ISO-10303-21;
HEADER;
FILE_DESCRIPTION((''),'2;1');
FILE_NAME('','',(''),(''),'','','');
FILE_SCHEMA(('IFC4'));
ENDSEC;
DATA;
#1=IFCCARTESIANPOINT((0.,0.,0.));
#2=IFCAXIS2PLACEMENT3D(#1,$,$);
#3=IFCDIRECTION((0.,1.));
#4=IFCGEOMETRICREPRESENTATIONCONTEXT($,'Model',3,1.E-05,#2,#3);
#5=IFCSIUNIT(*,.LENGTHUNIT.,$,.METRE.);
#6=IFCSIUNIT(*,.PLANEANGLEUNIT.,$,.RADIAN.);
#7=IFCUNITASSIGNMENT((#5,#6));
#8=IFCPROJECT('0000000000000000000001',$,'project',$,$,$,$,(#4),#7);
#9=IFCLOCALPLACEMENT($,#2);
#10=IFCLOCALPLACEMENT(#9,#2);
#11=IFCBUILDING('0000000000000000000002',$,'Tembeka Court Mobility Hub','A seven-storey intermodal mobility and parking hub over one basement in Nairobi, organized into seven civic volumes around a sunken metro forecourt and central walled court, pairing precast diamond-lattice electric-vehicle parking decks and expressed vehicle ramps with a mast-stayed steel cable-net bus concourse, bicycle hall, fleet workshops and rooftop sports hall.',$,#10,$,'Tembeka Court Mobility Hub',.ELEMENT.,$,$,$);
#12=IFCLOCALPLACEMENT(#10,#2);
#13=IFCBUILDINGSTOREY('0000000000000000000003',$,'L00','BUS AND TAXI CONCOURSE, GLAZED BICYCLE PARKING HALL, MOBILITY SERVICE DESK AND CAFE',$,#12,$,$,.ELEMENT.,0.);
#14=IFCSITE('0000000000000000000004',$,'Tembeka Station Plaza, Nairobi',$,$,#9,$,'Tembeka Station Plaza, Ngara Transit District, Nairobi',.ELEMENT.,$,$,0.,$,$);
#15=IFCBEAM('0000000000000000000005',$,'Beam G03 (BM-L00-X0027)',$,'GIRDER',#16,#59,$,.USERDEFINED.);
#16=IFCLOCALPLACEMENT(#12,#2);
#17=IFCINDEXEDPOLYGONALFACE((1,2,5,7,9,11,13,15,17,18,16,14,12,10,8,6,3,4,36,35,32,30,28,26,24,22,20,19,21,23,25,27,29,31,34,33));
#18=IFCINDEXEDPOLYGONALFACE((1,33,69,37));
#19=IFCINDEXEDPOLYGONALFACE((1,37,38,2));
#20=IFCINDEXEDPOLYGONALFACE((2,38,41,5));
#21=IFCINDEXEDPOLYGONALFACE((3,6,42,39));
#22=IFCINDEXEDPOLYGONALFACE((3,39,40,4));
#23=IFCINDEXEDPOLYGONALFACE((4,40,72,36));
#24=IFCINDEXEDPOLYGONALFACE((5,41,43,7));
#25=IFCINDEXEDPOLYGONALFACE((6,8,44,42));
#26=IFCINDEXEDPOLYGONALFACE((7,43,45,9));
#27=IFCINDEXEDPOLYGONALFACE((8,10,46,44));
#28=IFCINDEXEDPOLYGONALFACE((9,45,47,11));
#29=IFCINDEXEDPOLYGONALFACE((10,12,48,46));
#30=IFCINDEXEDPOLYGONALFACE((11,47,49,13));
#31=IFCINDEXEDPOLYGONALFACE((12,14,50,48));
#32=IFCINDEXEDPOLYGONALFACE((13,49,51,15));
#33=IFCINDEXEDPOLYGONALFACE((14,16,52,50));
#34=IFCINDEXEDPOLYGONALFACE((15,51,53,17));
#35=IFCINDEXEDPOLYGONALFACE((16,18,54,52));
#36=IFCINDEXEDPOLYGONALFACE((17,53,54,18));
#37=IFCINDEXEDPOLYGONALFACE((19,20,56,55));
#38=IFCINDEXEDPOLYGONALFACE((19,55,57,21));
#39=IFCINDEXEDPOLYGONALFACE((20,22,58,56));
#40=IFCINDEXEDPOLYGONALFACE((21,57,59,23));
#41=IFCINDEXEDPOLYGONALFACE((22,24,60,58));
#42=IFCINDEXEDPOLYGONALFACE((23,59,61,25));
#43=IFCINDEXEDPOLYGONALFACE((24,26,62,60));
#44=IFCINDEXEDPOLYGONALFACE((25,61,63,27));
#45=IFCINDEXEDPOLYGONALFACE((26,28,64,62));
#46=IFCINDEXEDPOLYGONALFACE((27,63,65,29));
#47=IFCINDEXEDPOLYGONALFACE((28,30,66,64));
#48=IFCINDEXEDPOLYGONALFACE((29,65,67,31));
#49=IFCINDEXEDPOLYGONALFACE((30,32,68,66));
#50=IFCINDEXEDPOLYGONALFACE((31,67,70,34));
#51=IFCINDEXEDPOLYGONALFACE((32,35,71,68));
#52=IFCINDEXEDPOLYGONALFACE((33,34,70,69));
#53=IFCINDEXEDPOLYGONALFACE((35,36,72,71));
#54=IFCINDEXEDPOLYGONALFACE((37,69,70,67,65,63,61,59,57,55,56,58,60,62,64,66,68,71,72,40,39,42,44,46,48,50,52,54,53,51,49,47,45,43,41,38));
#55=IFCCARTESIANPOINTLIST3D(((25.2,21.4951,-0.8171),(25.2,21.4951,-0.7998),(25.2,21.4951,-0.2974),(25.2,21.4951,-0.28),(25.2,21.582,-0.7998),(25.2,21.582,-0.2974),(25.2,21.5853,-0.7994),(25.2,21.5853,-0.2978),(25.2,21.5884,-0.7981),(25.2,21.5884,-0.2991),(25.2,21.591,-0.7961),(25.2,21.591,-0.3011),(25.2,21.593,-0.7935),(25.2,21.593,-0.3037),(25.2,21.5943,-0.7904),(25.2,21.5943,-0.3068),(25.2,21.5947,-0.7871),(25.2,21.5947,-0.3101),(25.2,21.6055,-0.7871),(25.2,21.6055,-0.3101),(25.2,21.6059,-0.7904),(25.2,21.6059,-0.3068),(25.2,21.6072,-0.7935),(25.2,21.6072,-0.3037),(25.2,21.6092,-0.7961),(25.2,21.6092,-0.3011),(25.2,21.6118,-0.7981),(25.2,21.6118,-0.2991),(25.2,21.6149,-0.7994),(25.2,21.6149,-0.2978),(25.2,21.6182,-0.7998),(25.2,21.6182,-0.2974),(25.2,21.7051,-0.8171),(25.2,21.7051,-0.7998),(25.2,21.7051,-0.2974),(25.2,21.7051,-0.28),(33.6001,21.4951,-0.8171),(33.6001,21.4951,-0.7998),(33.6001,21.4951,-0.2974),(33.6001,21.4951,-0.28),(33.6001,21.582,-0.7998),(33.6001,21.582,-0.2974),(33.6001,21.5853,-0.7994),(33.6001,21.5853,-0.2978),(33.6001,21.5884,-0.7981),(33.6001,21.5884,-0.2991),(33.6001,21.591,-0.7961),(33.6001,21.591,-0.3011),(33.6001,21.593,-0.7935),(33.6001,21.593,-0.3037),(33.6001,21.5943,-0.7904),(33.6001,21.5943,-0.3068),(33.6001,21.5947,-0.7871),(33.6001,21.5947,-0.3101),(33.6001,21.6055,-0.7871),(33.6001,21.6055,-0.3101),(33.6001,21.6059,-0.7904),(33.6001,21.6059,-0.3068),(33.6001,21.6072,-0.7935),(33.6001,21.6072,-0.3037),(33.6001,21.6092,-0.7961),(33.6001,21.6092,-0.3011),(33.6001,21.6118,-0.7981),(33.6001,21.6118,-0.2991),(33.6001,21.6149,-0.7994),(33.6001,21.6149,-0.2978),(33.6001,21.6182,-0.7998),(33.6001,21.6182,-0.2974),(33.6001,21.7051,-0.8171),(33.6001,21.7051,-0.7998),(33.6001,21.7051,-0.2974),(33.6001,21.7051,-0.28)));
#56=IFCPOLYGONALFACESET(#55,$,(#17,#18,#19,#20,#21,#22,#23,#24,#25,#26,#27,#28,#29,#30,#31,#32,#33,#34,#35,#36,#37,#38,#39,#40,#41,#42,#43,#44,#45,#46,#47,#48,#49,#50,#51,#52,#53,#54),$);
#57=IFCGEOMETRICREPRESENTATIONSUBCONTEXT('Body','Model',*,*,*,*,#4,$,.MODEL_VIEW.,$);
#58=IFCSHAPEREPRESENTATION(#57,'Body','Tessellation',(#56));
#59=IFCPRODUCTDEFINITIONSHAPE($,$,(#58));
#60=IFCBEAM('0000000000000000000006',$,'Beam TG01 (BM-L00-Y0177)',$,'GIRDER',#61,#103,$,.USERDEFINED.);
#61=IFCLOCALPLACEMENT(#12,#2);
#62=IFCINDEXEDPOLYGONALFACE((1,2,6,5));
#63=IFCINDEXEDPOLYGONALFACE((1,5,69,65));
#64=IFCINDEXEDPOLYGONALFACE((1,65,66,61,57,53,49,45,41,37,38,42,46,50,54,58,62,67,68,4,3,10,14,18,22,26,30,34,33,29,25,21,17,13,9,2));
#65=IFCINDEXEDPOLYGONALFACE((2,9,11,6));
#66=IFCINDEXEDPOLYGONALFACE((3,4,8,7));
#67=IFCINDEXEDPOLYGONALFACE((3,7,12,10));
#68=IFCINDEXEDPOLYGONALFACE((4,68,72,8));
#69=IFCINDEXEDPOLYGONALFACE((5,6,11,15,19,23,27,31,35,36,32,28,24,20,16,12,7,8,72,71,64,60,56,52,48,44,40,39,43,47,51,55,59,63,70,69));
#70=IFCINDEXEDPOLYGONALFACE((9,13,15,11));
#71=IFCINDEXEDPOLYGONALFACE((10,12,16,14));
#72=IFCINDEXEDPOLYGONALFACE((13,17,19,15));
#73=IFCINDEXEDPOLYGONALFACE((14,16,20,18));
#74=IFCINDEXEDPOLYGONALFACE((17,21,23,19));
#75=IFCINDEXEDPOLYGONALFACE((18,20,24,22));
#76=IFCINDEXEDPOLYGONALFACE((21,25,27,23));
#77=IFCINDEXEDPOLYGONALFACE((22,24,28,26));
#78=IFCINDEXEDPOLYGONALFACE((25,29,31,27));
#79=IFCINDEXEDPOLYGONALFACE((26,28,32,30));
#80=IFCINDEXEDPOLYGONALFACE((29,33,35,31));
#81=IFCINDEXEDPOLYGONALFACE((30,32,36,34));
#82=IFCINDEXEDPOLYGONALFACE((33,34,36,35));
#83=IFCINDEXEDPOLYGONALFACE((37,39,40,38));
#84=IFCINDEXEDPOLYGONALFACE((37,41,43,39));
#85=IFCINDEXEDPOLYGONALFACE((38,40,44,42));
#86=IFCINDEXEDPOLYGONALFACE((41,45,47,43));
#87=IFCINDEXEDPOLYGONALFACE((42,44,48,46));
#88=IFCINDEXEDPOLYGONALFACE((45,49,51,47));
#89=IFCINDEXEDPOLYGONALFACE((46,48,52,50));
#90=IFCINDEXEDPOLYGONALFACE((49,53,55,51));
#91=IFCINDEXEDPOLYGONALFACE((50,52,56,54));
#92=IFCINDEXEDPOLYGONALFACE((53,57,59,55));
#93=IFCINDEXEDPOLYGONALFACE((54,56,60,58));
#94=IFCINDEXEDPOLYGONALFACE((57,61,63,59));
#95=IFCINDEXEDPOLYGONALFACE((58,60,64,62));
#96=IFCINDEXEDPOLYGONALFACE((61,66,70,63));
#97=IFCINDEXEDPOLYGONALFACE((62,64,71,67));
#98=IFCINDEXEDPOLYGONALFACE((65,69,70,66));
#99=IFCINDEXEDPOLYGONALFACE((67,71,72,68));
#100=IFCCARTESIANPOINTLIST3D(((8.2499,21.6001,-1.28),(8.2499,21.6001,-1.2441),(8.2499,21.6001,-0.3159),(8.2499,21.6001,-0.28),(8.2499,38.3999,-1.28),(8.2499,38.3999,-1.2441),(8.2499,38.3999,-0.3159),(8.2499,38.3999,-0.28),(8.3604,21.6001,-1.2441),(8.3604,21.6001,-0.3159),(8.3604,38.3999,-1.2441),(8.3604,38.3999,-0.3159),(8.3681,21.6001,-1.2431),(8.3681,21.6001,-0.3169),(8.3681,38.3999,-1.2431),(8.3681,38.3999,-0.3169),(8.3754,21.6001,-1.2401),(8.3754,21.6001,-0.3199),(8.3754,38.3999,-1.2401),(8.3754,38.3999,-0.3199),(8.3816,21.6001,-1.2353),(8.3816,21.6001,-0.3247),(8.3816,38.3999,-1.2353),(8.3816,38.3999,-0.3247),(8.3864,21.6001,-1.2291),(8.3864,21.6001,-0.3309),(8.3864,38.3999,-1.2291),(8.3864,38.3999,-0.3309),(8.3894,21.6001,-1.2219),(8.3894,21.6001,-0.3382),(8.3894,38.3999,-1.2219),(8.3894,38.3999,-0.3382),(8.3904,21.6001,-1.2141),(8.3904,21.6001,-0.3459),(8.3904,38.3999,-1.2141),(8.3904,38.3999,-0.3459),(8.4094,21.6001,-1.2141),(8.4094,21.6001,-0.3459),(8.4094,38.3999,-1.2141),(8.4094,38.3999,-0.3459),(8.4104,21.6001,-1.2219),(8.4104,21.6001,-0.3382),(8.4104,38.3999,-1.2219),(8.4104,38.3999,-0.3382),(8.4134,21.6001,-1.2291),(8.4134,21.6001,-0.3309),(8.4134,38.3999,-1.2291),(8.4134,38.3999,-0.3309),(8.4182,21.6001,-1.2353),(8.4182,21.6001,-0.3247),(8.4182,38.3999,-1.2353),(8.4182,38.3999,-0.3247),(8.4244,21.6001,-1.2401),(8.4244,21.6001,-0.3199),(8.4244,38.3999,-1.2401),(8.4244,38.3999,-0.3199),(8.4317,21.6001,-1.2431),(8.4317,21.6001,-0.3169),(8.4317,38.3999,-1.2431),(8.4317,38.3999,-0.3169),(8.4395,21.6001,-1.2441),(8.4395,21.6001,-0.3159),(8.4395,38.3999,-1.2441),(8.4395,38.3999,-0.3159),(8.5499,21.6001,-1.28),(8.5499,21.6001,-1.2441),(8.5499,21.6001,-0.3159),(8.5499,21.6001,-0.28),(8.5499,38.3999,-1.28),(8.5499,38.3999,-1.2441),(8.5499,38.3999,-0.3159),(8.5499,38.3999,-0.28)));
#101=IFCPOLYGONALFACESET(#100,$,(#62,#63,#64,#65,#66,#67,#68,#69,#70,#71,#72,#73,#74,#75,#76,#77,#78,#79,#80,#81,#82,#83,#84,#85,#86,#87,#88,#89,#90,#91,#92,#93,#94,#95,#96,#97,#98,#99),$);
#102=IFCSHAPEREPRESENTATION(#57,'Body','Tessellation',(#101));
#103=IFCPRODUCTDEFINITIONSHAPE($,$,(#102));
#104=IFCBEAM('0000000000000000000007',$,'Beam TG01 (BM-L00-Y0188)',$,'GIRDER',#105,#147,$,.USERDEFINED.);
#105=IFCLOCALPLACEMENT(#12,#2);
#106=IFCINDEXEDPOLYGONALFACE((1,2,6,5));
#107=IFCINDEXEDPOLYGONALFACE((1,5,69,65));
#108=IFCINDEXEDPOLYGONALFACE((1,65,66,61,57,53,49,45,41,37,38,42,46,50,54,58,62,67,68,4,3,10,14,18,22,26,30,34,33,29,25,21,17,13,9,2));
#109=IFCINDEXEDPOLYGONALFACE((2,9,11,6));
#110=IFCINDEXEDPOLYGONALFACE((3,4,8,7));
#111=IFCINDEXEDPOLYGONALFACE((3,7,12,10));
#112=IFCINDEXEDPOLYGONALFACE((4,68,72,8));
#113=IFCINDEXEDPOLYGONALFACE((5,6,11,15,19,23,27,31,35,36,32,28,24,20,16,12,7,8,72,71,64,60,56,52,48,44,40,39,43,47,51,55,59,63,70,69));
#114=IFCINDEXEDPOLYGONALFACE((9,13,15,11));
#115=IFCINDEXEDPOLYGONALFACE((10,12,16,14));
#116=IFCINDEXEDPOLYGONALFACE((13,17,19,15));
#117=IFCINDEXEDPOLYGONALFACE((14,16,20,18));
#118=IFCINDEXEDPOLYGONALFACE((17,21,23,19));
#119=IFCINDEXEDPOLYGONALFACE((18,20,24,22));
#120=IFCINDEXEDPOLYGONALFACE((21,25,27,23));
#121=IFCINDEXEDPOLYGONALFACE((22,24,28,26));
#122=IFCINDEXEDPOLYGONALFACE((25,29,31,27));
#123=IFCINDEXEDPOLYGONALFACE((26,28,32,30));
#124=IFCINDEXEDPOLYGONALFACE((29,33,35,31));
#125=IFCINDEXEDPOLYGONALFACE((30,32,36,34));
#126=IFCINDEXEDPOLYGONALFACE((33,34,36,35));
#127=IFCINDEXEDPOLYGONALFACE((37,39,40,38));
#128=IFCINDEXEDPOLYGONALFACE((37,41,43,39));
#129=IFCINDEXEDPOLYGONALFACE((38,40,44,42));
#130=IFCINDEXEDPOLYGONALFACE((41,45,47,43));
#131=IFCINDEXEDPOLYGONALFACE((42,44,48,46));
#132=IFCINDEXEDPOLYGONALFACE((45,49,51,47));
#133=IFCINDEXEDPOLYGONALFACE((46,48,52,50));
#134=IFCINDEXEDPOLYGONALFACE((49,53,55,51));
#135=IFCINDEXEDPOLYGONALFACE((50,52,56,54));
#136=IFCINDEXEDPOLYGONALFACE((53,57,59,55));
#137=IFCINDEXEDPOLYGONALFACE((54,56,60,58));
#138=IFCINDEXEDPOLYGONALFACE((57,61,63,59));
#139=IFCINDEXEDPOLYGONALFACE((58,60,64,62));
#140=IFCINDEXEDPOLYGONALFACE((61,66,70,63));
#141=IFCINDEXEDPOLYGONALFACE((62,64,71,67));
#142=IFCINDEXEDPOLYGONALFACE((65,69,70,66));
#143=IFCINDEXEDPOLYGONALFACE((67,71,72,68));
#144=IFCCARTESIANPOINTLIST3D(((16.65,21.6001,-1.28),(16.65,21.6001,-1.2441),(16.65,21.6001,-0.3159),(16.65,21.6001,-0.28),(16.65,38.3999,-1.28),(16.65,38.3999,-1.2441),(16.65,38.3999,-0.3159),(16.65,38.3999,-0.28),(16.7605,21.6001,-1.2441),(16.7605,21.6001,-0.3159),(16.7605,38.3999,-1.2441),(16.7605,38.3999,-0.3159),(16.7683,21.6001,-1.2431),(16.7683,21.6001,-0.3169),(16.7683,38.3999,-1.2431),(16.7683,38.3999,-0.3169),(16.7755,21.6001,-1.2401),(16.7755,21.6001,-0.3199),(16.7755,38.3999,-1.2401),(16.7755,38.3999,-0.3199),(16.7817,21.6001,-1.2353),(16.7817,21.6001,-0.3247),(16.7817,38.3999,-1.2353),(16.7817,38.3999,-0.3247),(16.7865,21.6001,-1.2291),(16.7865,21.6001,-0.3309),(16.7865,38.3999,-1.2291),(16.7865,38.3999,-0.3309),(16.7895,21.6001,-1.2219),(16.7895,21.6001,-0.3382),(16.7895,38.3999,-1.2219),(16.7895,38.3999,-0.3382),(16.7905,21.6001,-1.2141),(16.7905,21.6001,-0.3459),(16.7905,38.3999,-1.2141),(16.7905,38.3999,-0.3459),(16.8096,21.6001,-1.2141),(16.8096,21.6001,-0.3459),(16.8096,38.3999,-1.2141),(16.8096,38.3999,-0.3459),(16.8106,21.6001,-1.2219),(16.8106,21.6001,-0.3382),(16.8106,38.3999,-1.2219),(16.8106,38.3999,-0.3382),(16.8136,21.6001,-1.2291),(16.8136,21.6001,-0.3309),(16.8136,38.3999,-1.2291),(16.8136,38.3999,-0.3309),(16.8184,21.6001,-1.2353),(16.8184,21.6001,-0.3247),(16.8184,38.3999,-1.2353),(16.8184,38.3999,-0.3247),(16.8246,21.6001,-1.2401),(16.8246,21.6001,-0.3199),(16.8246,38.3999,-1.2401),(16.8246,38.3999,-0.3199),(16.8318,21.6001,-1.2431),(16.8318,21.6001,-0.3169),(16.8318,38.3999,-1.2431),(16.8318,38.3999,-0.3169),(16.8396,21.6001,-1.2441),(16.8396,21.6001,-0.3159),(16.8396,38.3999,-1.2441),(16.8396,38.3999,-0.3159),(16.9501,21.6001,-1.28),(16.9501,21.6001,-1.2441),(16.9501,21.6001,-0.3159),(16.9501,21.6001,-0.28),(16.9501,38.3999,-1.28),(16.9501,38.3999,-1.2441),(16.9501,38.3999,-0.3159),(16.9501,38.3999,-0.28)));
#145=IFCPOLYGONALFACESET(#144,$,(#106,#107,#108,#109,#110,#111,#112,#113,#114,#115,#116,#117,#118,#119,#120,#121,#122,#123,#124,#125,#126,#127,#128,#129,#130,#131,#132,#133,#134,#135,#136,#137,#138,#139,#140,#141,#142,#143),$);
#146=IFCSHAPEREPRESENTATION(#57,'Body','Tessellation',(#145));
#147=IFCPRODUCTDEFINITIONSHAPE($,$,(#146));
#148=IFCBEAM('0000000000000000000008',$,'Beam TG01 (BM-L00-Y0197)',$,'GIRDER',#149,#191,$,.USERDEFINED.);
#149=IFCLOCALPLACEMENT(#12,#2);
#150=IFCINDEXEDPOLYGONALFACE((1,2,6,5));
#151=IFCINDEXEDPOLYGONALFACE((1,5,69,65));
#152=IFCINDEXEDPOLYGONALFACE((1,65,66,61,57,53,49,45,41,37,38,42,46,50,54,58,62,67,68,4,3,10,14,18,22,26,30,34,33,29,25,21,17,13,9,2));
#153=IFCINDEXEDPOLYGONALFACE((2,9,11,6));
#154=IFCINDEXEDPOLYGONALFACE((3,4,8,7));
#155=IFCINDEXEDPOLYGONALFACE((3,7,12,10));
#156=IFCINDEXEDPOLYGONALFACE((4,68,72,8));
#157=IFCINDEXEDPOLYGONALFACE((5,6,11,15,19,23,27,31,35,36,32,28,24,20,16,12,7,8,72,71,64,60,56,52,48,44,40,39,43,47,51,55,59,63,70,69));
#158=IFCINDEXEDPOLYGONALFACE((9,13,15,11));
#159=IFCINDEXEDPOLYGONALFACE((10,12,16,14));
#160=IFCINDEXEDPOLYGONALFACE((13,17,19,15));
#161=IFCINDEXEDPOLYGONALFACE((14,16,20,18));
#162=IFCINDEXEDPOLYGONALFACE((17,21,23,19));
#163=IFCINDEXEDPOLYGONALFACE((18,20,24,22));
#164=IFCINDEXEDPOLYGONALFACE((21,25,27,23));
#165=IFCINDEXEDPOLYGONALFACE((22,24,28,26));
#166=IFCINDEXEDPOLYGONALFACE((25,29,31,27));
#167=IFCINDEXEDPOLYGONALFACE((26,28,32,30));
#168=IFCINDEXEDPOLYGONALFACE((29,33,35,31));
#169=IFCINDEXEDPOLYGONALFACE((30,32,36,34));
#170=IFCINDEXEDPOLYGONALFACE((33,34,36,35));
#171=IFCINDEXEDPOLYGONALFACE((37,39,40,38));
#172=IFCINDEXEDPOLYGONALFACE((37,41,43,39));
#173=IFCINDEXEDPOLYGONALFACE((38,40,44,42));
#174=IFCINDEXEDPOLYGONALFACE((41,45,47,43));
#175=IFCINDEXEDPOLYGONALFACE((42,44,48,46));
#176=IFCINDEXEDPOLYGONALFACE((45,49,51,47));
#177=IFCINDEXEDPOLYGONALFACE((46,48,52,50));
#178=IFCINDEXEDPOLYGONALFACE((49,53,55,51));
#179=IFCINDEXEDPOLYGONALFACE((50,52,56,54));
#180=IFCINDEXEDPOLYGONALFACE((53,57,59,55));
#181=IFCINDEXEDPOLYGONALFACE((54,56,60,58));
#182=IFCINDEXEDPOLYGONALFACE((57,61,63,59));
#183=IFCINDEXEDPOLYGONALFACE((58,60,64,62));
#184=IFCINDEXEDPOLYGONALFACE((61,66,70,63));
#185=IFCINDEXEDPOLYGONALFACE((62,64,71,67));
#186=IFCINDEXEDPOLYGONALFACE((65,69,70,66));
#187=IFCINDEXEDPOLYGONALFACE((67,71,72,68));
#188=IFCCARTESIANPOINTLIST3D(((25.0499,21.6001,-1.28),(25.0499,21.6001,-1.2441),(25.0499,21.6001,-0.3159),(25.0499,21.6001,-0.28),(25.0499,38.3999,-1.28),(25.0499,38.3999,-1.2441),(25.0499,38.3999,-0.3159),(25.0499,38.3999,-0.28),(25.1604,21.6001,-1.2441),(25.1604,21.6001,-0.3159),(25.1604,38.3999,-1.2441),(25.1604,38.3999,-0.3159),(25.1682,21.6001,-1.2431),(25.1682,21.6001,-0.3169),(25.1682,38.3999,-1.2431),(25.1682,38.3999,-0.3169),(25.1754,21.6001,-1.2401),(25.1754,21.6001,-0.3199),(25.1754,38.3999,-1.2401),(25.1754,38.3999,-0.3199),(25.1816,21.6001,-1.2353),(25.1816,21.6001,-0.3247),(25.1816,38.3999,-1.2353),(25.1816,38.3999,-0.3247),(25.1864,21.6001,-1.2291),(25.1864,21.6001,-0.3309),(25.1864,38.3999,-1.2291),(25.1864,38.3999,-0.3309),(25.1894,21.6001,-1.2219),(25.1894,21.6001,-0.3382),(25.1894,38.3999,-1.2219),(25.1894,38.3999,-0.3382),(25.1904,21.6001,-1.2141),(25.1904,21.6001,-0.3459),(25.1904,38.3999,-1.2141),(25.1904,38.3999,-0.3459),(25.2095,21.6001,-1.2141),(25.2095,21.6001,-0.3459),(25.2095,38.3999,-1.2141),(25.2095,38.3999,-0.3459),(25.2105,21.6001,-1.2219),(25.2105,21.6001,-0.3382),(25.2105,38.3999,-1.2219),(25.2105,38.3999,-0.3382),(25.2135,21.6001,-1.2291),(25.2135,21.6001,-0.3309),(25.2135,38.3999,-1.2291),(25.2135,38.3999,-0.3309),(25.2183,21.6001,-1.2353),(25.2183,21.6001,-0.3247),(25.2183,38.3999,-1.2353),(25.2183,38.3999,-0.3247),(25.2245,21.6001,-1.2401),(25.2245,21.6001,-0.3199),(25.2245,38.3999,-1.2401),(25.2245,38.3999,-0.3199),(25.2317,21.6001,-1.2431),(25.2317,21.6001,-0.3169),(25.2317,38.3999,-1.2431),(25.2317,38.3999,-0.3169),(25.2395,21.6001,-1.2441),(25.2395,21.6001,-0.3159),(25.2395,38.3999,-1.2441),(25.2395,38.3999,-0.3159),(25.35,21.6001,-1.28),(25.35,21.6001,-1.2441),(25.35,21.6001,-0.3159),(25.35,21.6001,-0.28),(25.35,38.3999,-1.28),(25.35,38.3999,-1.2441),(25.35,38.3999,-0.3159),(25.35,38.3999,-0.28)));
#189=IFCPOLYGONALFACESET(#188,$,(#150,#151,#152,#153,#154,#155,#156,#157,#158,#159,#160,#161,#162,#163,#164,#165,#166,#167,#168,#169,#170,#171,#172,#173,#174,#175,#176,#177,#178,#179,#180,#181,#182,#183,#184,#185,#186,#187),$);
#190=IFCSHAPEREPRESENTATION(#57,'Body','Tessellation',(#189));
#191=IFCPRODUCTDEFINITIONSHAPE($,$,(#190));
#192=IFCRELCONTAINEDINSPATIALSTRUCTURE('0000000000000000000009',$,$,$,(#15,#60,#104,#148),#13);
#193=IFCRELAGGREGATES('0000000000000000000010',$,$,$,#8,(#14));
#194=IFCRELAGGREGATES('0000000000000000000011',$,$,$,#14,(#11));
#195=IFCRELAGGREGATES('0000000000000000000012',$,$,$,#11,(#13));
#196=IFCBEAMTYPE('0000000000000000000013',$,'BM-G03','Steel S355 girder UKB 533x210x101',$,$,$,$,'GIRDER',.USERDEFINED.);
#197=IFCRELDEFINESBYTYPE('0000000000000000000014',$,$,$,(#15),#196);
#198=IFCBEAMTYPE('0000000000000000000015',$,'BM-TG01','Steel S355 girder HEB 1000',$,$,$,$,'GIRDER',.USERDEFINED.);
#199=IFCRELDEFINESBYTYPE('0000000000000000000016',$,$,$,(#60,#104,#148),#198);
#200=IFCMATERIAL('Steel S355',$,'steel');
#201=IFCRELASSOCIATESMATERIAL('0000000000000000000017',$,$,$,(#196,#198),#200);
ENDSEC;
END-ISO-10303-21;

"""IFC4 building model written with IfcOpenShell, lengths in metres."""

from ifc_helpers import new_model, si_unit, direction, frame, origin, origin_2d, place, context, subcontext, project, spatial, i_section, extrude, material, material_profile, profile_set, type_object, element, save


model = new_model("IFC4")

# Units and contexts
model_context = context("Model", 3, precision=1e-05, world=origin(), true_north=direction((0.0, 1.0)))
body_context = subcontext(model_context, "Body", "Model", "MODEL_VIEW")
ifc_project = project(units=[si_unit("LENGTHUNIT", "METRE"), si_unit("PLANEANGLEUNIT", "RADIAN")], contexts=[model_context])

# Site, building, storey
site_placement = place(None, origin())
site = spatial("IfcSite", under=ifc_project, at=site_placement, Name="Tembeka Station Plaza, Nairobi", LongName="Tembeka Station Plaza, Ngara Transit District, Nairobi", CompositionType="ELEMENT", RefElevation=0.0)
building_placement = place(site_placement, origin())
building = spatial("IfcBuilding", under=site, at=building_placement, Name="Tembeka Court Mobility Hub", Description="A seven-storey intermodal mobility and parking hub over one basement in Nairobi, organized into seven civic volumes around a sunken metro forecourt and central walled court, pairing precast diamond-lattice electric-vehicle parking decks and expressed vehicle ramps with a mast-stayed steel cable-net bus concourse, bicycle hall, fleet workshops and rooftop sports hall.", LongName="Tembeka Court Mobility Hub", CompositionType="ELEMENT")
storey_placement = place(building_placement, origin())
storey = spatial("IfcBuildingStorey", under=building, at=storey_placement, Name="L00", Description="BUS AND TAXI CONCOURSE, GLAZED BICYCLE PARKING HALL, MOBILITY SERVICE DESK AND CAFE", CompositionType="ELEMENT", Elevation=0.0)

# Shared definitions
ifc_material_1 = material(Name="Steel S355", Category="steel")

# Beams
ifc_material_profile_1 = material_profile(ifc_material_1, i_section(OverallWidth=0.21, OverallDepth=0.5371, WebThickness=0.0107, FlangeThickness=0.0173, FilletRadius=0.0127, at=origin_2d()), Name="UKB 533x210x101")
ifc_profile_set_1 = profile_set([ifc_material_profile_1], Name="Steel S355")
beam_type_1 = type_object("IfcBeamType", Name="BM-G03", Description="Steel S355 girder UKB 533x210x101", ElementType="GIRDER", PredefinedType="USERDEFINED", material=ifc_profile_set_1)
beam_1_placement = place(storey_placement, frame((25.2, 21.6001, -0.5486), z_axis=(1.0, 0.0, 0.0), x_axis=(0.0, 1.0, 0.0)))
element("IfcBeam", 1, at=beam_1_placement, inside=storey, type_object=beam_type_1, Name="Beam G03 (BM-L00-X0027)", ObjectType="GIRDER", PredefinedType="USERDEFINED", context=body_context, shape_type="SweptSolid", body=[
    extrude(i_section(OverallWidth=0.21, OverallDepth=0.5371, WebThickness=0.0107, FlangeThickness=0.0173, FilletRadius=0.0127, at=origin_2d()), origin(), (0.0, 0.0, 1.0), 8.4001),
])
ifc_material_profile_2 = material_profile(ifc_material_1, i_section(OverallWidth=0.3, OverallDepth=1.0, WebThickness=0.019, FlangeThickness=0.0359, FilletRadius=0.03, at=origin_2d()), Name="HEB 1000")
ifc_profile_set_2 = profile_set([ifc_material_profile_2], Name="Steel S355")
beam_type_2 = type_object("IfcBeamType", Name="BM-TG01", Description="Steel S355 girder HEB 1000", ElementType="GIRDER", PredefinedType="USERDEFINED", material=ifc_profile_set_2)
for number, where, z_axis, x_axis, name in (
    (2, (8.3999, 21.6001, -0.78), (0.0, 1.0, 0.0), (-1.0, 0.0, 0.0), "Beam TG01 (BM-L00-Y0177)"),
    (3, (16.8, 21.6001, -0.78), (0.0, 1.0, 0.0), (-1.0, 0.0, 0.0), "Beam TG01 (BM-L00-Y0188)"),
    (4, (25.2, 21.6001, -0.78), (0.0, 1.0, 0.0), (-1.0, 0.0, 0.0), "Beam TG01 (BM-L00-Y0197)"),
):
    element("IfcBeam", number, at=place(storey_placement, frame(where, z_axis=z_axis, x_axis=x_axis)), inside=storey, type_object=beam_type_2, Name=name, ObjectType="GIRDER", PredefinedType="USERDEFINED", context=body_context, shape_type="SweptSolid", body=[
        extrude(i_section(OverallWidth=0.3, OverallDepth=1.0, WebThickness=0.019, FlangeThickness=0.0359, FilletRadius=0.03, at=origin_2d()), origin(), (0.0, 0.0, 1.0), 16.7998),
    ])

save(model, "model.ifc")
